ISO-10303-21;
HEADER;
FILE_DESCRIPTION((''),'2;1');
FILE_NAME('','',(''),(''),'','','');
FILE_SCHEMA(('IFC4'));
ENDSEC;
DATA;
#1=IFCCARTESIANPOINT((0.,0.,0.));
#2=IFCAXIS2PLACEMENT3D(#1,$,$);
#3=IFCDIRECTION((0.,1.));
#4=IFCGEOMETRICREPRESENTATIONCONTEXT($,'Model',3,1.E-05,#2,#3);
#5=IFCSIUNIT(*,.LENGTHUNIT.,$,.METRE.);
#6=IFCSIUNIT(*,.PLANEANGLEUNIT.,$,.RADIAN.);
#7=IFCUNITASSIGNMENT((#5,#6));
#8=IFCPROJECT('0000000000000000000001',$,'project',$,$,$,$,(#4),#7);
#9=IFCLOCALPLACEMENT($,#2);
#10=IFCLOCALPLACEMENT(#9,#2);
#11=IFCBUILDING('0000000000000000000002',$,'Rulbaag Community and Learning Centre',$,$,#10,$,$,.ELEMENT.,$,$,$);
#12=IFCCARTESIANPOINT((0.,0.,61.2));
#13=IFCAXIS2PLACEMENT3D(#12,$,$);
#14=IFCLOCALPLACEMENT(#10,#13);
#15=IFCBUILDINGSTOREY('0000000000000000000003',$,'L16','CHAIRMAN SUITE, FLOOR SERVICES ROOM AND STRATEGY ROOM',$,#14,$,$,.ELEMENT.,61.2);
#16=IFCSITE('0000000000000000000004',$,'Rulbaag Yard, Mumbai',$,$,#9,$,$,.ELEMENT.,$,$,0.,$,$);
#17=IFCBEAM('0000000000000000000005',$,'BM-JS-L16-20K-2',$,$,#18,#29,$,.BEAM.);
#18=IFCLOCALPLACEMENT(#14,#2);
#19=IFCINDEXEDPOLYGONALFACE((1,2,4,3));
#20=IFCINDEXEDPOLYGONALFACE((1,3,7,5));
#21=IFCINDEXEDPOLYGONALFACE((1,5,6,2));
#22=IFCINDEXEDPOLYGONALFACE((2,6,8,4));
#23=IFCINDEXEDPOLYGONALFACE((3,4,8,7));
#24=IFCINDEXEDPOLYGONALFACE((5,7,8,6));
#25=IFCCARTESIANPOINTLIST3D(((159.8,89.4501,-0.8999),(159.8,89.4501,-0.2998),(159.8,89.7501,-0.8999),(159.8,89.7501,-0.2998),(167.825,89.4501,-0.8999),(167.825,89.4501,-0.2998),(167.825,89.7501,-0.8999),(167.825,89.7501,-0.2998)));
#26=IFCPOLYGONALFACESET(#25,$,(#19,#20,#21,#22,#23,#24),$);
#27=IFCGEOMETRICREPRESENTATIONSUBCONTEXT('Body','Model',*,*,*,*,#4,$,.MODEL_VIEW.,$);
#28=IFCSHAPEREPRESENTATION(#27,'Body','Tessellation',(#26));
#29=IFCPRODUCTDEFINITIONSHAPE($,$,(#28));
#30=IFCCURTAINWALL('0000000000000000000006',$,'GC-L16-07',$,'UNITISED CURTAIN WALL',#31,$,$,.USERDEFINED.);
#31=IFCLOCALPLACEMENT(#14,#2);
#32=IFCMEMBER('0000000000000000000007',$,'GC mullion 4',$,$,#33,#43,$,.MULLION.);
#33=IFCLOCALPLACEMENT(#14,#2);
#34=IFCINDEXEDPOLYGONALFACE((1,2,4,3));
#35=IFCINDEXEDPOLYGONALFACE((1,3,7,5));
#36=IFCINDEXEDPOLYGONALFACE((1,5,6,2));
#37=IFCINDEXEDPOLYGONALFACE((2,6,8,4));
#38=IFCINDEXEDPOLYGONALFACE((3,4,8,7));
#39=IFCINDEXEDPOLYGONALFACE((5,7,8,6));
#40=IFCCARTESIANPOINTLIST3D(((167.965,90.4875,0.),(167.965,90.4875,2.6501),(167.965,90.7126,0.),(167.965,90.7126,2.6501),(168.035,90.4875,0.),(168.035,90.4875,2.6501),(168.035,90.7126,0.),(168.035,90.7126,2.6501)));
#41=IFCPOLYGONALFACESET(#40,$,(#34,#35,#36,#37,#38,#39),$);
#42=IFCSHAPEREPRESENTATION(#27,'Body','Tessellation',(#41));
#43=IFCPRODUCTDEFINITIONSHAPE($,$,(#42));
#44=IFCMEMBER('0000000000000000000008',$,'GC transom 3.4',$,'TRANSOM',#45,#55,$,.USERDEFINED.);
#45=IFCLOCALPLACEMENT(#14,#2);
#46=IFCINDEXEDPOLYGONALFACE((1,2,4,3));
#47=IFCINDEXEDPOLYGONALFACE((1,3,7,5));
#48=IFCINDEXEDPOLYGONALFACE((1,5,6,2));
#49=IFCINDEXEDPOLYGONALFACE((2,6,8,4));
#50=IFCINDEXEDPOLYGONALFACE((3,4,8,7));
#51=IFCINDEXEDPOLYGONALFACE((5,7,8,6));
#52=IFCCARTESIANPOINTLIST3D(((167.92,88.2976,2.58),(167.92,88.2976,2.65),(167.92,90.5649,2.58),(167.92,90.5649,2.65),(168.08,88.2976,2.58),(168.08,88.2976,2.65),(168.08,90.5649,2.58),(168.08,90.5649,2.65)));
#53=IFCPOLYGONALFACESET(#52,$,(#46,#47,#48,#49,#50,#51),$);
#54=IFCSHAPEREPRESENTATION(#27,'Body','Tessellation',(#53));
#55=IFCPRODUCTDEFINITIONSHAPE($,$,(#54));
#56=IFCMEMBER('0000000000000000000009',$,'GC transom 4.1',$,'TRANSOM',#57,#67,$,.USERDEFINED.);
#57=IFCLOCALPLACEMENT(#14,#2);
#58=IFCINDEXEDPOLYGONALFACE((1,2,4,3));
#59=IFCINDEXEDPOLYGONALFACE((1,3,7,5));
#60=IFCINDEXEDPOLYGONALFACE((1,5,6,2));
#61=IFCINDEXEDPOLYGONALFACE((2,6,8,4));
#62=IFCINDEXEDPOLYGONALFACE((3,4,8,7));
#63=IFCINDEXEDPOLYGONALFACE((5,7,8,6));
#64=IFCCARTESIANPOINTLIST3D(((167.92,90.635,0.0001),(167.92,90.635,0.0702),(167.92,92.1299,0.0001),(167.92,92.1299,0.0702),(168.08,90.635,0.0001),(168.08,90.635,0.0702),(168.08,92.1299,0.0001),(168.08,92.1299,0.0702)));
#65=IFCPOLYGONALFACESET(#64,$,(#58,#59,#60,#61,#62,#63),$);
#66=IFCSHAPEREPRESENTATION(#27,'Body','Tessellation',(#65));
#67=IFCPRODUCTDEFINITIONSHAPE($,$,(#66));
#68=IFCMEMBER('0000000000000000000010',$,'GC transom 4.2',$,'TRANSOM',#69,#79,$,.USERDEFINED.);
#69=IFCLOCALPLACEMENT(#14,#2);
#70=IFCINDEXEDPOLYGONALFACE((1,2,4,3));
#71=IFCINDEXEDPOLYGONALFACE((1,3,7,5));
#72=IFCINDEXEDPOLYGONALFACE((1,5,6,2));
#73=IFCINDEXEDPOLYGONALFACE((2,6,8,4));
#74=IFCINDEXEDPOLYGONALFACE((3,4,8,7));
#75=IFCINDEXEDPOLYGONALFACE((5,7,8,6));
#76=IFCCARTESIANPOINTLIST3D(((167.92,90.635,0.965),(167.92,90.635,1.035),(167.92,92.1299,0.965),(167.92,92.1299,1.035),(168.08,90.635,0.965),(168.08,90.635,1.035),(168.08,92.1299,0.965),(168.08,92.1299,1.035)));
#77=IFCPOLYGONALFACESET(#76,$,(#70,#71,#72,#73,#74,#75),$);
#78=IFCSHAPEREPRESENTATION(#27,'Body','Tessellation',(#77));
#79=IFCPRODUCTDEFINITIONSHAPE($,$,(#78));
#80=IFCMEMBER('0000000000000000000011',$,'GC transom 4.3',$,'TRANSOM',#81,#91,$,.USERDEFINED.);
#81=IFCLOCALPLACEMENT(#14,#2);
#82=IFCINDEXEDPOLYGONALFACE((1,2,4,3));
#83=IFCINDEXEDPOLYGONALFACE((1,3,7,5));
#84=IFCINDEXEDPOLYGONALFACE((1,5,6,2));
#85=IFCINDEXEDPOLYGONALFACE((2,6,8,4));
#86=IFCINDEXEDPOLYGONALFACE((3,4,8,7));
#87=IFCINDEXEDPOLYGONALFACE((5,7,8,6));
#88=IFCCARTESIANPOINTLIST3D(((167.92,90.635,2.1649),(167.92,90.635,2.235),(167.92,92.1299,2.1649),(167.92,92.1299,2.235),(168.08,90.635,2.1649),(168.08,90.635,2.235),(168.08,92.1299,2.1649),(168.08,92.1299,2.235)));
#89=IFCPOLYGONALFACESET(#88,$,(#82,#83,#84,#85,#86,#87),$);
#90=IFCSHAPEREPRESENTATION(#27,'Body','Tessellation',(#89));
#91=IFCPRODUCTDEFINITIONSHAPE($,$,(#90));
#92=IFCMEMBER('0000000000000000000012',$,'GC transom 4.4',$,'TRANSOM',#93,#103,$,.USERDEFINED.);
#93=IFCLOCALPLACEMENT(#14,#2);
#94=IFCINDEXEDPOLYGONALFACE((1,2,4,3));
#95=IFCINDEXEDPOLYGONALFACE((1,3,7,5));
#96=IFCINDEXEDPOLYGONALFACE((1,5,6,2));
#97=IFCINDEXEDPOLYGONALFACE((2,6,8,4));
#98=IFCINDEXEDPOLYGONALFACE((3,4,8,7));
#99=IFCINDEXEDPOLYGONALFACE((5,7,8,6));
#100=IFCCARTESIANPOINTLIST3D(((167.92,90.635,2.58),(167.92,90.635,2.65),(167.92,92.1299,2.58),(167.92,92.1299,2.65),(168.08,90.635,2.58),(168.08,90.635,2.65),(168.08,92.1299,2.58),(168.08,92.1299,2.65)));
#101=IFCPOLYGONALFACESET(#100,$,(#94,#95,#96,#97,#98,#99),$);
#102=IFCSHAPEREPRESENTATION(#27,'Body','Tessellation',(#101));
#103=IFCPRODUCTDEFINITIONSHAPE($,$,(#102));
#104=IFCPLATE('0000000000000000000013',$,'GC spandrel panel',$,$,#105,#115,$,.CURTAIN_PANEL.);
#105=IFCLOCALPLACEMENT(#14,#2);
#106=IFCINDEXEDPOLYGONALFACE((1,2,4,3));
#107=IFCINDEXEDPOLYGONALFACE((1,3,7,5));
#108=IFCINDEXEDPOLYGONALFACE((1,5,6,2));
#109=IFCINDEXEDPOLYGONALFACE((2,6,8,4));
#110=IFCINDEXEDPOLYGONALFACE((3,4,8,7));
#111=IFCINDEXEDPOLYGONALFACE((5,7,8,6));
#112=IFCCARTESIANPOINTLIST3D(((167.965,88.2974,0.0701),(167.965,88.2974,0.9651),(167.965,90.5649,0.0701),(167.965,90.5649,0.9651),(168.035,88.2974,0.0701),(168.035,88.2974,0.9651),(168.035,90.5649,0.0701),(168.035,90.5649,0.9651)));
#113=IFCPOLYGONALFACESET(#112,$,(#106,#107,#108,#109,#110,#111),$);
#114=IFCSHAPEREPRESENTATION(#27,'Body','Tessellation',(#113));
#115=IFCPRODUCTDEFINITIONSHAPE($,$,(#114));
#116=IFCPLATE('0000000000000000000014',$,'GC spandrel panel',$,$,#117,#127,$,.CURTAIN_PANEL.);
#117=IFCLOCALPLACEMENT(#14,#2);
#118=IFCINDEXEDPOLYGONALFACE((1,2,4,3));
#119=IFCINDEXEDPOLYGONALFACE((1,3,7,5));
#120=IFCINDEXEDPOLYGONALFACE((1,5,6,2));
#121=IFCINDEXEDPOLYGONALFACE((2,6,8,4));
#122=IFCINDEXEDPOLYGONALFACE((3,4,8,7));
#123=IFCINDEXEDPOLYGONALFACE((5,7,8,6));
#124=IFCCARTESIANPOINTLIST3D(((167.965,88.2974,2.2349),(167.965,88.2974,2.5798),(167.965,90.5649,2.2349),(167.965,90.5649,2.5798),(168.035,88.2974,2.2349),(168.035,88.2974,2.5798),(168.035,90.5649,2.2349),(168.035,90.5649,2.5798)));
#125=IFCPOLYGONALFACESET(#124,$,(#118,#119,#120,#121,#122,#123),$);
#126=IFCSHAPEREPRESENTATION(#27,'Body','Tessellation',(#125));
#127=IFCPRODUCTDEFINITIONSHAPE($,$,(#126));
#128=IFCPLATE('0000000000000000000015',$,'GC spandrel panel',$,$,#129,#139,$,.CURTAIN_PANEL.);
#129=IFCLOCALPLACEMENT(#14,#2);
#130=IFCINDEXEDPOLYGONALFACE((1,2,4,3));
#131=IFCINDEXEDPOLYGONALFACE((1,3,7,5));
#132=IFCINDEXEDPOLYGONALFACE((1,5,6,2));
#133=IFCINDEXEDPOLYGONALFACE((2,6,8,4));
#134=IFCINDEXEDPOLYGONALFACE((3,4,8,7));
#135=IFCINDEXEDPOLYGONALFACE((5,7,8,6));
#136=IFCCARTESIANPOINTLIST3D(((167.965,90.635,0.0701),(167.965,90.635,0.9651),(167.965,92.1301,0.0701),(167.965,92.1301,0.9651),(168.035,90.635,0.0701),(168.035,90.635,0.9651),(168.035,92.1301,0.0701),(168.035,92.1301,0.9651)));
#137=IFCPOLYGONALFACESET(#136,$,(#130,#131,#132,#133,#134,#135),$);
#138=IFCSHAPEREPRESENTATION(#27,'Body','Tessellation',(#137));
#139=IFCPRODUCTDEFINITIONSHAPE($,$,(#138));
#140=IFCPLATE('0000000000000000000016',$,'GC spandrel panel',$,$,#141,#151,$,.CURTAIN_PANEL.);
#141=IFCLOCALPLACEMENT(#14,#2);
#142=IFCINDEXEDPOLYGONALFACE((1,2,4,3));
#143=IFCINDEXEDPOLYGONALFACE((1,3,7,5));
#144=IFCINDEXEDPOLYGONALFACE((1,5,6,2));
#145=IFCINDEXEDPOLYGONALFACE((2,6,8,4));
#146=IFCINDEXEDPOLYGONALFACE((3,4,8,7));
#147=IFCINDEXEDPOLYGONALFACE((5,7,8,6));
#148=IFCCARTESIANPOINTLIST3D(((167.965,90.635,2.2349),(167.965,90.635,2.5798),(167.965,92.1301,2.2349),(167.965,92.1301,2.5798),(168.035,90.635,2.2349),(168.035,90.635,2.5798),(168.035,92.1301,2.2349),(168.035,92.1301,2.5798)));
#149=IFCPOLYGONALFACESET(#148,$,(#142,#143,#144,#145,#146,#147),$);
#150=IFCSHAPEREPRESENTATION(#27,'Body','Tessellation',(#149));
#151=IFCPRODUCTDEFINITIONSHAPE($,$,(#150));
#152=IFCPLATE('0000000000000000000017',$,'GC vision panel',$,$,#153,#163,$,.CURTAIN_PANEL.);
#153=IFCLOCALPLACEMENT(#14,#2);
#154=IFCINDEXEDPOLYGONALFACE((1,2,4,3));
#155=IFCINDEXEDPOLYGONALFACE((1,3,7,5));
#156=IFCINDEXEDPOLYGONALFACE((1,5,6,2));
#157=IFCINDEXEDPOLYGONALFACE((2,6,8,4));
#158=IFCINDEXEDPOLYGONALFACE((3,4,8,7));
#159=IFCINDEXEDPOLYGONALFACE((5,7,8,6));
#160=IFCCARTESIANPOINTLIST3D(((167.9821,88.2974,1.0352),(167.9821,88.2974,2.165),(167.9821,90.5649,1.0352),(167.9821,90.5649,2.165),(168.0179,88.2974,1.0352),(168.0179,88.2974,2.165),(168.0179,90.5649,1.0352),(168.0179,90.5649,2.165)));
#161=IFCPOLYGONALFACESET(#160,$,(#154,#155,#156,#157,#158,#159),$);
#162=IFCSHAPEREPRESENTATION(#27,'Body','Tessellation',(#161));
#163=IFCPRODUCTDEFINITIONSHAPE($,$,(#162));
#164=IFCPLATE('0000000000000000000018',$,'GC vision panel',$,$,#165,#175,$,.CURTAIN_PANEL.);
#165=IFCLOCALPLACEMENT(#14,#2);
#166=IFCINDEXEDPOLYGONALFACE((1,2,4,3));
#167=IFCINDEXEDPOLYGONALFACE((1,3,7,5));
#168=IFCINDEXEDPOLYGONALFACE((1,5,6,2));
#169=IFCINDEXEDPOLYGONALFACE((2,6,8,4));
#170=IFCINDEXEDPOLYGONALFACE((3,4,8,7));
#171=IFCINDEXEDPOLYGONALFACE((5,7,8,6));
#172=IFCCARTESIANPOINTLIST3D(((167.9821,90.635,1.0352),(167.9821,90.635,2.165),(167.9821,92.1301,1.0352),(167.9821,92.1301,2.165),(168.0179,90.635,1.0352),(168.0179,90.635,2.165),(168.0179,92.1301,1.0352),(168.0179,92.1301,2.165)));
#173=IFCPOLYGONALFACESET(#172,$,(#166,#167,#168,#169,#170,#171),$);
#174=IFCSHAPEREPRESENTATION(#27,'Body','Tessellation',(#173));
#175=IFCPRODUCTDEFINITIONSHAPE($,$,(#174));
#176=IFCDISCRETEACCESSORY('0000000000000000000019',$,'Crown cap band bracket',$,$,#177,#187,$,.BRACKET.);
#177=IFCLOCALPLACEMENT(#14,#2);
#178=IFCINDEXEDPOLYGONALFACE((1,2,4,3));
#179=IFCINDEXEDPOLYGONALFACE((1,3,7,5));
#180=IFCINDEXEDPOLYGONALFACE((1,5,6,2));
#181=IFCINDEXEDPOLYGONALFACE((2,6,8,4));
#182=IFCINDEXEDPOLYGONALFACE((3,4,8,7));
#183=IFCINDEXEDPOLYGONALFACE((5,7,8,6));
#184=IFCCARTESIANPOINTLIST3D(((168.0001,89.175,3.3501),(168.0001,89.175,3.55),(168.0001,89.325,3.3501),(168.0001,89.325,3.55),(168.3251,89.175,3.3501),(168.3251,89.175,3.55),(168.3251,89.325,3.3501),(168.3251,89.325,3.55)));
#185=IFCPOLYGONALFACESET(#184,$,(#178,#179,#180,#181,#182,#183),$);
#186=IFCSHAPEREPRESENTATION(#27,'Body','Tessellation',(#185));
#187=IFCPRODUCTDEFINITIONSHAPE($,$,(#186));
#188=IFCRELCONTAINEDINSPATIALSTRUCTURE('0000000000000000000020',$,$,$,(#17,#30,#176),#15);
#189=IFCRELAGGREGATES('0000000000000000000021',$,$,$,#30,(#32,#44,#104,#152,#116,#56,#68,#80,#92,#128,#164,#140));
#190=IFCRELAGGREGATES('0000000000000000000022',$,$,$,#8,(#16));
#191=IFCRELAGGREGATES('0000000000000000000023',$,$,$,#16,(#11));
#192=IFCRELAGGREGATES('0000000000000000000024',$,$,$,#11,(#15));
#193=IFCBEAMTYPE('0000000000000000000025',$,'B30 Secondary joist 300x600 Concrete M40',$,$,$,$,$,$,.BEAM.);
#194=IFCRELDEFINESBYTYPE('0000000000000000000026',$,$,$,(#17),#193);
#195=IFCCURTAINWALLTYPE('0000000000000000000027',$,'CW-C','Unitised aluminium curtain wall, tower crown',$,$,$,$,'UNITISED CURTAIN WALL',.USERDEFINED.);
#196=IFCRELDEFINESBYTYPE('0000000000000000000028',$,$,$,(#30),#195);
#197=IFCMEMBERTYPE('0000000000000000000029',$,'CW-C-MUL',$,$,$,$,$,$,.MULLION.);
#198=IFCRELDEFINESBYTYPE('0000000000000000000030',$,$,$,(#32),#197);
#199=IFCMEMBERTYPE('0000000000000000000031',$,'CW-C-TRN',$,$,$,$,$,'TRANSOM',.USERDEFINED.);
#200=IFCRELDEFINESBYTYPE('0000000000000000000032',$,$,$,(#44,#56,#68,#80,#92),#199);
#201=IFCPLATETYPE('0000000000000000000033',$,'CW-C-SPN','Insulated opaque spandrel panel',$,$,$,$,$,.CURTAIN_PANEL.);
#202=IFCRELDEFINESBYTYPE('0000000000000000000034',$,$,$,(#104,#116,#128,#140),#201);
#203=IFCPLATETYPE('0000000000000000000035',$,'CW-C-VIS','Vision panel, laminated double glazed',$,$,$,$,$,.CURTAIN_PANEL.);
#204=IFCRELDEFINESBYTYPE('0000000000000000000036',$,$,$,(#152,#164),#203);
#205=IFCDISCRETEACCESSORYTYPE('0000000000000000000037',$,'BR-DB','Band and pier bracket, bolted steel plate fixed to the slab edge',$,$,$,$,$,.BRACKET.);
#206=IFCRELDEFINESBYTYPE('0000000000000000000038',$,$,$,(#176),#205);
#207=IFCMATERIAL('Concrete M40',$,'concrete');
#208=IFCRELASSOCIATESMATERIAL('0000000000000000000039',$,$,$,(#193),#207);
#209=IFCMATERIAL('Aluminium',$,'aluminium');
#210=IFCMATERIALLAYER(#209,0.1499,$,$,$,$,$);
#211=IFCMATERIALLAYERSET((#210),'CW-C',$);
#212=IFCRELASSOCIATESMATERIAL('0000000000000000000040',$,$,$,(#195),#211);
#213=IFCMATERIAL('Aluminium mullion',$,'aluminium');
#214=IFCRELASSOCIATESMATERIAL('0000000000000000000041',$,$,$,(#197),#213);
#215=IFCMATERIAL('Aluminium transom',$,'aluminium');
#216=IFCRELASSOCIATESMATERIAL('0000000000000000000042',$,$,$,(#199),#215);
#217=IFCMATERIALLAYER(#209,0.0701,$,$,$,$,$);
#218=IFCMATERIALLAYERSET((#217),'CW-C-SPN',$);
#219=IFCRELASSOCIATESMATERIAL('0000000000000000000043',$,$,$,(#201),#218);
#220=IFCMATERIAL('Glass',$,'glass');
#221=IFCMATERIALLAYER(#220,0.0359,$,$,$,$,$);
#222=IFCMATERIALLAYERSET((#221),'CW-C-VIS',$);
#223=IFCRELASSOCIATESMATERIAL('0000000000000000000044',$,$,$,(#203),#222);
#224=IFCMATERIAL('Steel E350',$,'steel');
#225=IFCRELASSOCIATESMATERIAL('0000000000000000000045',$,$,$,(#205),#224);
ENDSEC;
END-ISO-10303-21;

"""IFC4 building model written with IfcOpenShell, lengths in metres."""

from ifc_helpers import new_model, si_unit, direction, frame, origin, origin_2d, place, context, subcontext, project, spatial, rectangle, extrude, material, layer, layer_set, material_profile, profile_set, type_object, element, aggregate, save


model = new_model("IFC4")

# Units and contexts
model_context = context("Model", 3, precision=1e-05, world=origin(), true_north=direction((0.0, 1.0)))
body_context = subcontext(model_context, "Body", "Model", "MODEL_VIEW")
ifc_project = project(units=[si_unit("LENGTHUNIT", "METRE"), si_unit("PLANEANGLEUNIT", "RADIAN")], contexts=[model_context])

# Site, building, storey
site_placement = place(None, origin())
site = spatial("IfcSite", under=ifc_project, at=site_placement, Name="Rulbaag Yard, Mumbai", CompositionType="ELEMENT", RefElevation=0.0)
building_placement = place(site_placement, origin())
building = spatial("IfcBuilding", under=site, at=building_placement, Name="Rulbaag Community and Learning Centre", CompositionType="ELEMENT")
storey_placement = place(building_placement, frame((0.0, 0.0, 61.2)))
storey = spatial("IfcBuildingStorey", under=building, at=storey_placement, Name="L16", Description="CHAIRMAN SUITE, FLOOR SERVICES ROOM AND STRATEGY ROOM", CompositionType="ELEMENT", Elevation=61.2)

# Beam
ifc_material_1 = material(Name="Concrete M40", Category="concrete")
ifc_material_profile_1 = material_profile(ifc_material_1, rectangle(XDim=0.3, YDim=0.6001, at=origin_2d()), Name="RB300x600")
ifc_profile_set_1 = profile_set([ifc_material_profile_1], Name="Concrete M40")
beam_type = type_object("IfcBeamType", Name="B30 Secondary joist 300x600 Concrete M40", PredefinedType="BEAM", material=ifc_profile_set_1)
beam_placement = place(storey_placement, frame((159.8, 89.6001, -0.5999), z_axis=(1.0, 0.0, 0.0), x_axis=(0.0, 1.0, 0.0)))
element("IfcBeam", 1, at=beam_placement, inside=storey, type_object=beam_type, Name="BM-JS-L16-20K-2", PredefinedType="BEAM", context=body_context, shape_type="SweptSolid", body=[
    extrude(rectangle(XDim=0.3, YDim=0.6001, at=origin_2d()), origin(), (0.0, 0.0, 1.0), 8.0249),
])

# Curtain wall, members, plates
ifc_material_2 = material(Name="Aluminium", Category="aluminium")
ifc_layer_1 = layer(ifc_material_2, 0.1499)
ifc_layer_set_1 = layer_set([ifc_layer_1], Name="CW-C")
curtain_wall_type = type_object("IfcCurtainWallType", Name="CW-C", Description="Unitised aluminium curtain wall, tower crown", ElementType="UNITISED CURTAIN WALL", PredefinedType="USERDEFINED", material=ifc_layer_set_1)
curtain_wall_placement = place(storey_placement, origin())
curtain_wall = element("IfcCurtainWall", 2, at=curtain_wall_placement, inside=storey, type_object=curtain_wall_type, Name="GC-L16-07", ObjectType="UNITISED CURTAIN WALL", PredefinedType="USERDEFINED")
ifc_material_3 = material(Name="Aluminium mullion", Category="aluminium")
ifc_material_profile_2 = material_profile(ifc_material_3, rectangle(XDim=0.0701, YDim=0.2251, at=origin_2d()), Name="AL 70x225")
ifc_profile_set_2 = profile_set([ifc_material_profile_2], Name="Aluminium mullion")
member_type_1 = type_object("IfcMemberType", Name="CW-C-MUL", PredefinedType="MULLION", material=ifc_profile_set_2)
member_1_placement = place(storey_placement, frame((168.0, 90.6001, 0.0), z_axis=(0.0, 0.0, 1.0), x_axis=(-1.0, 0.0, 0.0)))
member_1 = element("IfcMember", 3, at=member_1_placement, type_object=member_type_1, Name="GC mullion 4", PredefinedType="MULLION", context=body_context, shape_type="SweptSolid", body=[
    extrude(rectangle(XDim=0.0701, YDim=0.2251, at=origin_2d()), origin(), (0.0, 0.0, 1.0), 2.6501),
])
ifc_material_4 = material(Name="Aluminium transom", Category="aluminium")
ifc_material_profile_3 = material_profile(ifc_material_4, rectangle(XDim=0.1599, YDim=0.0701, at=origin_2d()), Name="AL 70x160 T")
ifc_profile_set_3 = profile_set([ifc_material_profile_3], Name="Aluminium transom")
member_type_2 = type_object("IfcMemberType", Name="CW-C-TRN", ElementType="TRANSOM", PredefinedType="USERDEFINED", material=ifc_profile_set_3)
member_2_placement = place(storey_placement, frame((168.0, 88.2976, 2.615), z_axis=(0.0, 1.0, 0.0), x_axis=(-1.0, 0.0, 0.0)))
member_2 = element("IfcMember", 4, at=member_2_placement, type_object=member_type_2, Name="GC transom 3.4", ObjectType="TRANSOM", PredefinedType="USERDEFINED", context=body_context, shape_type="SweptSolid", body=[
    extrude(rectangle(XDim=0.1599, YDim=0.0701, at=origin_2d()), origin(), (0.0, 0.0, 1.0), 2.2673),
])
member_3_placement = place(storey_placement, frame((168.0, 90.635, 0.0352), z_axis=(0.0, 1.0, 0.0), x_axis=(-1.0, 0.0, 0.0)))
member_3 = element("IfcMember", 5, at=member_3_placement, type_object=member_type_2, Name="GC transom 4.1", ObjectType="TRANSOM", PredefinedType="USERDEFINED", context=body_context, shape_type="SweptSolid", body=[
    extrude(rectangle(XDim=0.1599, YDim=0.0701, at=origin_2d()), origin(), (0.0, 0.0, 1.0), 1.4949),
])
member_4_placement = place(storey_placement, frame((168.0, 90.635, 1.0), z_axis=(0.0, 1.0, 0.0), x_axis=(-1.0, 0.0, 0.0)))
member_4 = element("IfcMember", 6, at=member_4_placement, type_object=member_type_2, Name="GC transom 4.2", ObjectType="TRANSOM", PredefinedType="USERDEFINED", context=body_context, shape_type="SweptSolid", body=[
    extrude(rectangle(XDim=0.1599, YDim=0.0701, at=origin_2d()), origin(), (0.0, 0.0, 1.0), 1.4949),
])
member_5_placement = place(storey_placement, frame((168.0, 90.635, 2.2), z_axis=(0.0, 1.0, 0.0), x_axis=(-1.0, 0.0, 0.0)))
member_5 = element("IfcMember", 7, at=member_5_placement, type_object=member_type_2, Name="GC transom 4.3", ObjectType="TRANSOM", PredefinedType="USERDEFINED", context=body_context, shape_type="SweptSolid", body=[
    extrude(rectangle(XDim=0.1599, YDim=0.0701, at=origin_2d()), origin(), (0.0, 0.0, 1.0), 1.4949),
])
member_6_placement = place(storey_placement, frame((168.0, 90.635, 2.615), z_axis=(0.0, 1.0, 0.0), x_axis=(-1.0, 0.0, 0.0)))
member_6 = element("IfcMember", 8, at=member_6_placement, type_object=member_type_2, Name="GC transom 4.4", ObjectType="TRANSOM", PredefinedType="USERDEFINED", context=body_context, shape_type="SweptSolid", body=[
    extrude(rectangle(XDim=0.1599, YDim=0.0701, at=origin_2d()), origin(), (0.0, 0.0, 1.0), 1.4949),
])
ifc_layer_2 = layer(ifc_material_2, 0.0701)
ifc_layer_set_2 = layer_set([ifc_layer_2], Name="CW-C-SPN")
plate_type_1 = type_object("IfcPlateType", Name="CW-C-SPN", Description="Insulated opaque spandrel panel", PredefinedType="CURTAIN_PANEL", material=ifc_layer_set_2)
plate_1_placement = place(storey_placement, frame((168.0, 89.4312, 0.0701), z_axis=(0.0, 0.0, 1.0), x_axis=(0.0, 1.0, 0.0)))
plate_1 = element("IfcPlate", 9, at=plate_1_placement, type_object=plate_type_1, Name="GC spandrel panel", PredefinedType="CURTAIN_PANEL", context=body_context, shape_type="SweptSolid", body=[
    extrude(rectangle(XDim=2.2676, YDim=0.0701, at=origin_2d()), origin(), (0.0, 0.0, 1.0), 0.895),
])
plate_2_placement = place(storey_placement, frame((168.0, 89.4312, 2.2349), z_axis=(0.0, 0.0, 1.0), x_axis=(0.0, 1.0, 0.0)))
plate_2 = element("IfcPlate", 10, at=plate_2_placement, type_object=plate_type_1, Name="GC spandrel panel", PredefinedType="CURTAIN_PANEL", context=body_context, shape_type="SweptSolid", body=[
    extrude(rectangle(XDim=2.2676, YDim=0.0701, at=origin_2d()), origin(), (0.0, 0.0, 1.0), 0.345),
])
plate_3_placement = place(storey_placement, frame((168.0, 91.3826, 0.0701), z_axis=(0.0, 0.0, 1.0), x_axis=(0.0, 1.0, 0.0)))
plate_3 = element("IfcPlate", 11, at=plate_3_placement, type_object=plate_type_1, Name="GC spandrel panel", PredefinedType="CURTAIN_PANEL", context=body_context, shape_type="SweptSolid", body=[
    extrude(rectangle(XDim=1.4951, YDim=0.0701, at=origin_2d()), origin(), (0.0, 0.0, 1.0), 0.895),
])
plate_4_placement = place(storey_placement, frame((168.0, 91.3826, 2.2349), z_axis=(0.0, 0.0, 1.0), x_axis=(0.0, 1.0, 0.0)))
plate_4 = element("IfcPlate", 12, at=plate_4_placement, type_object=plate_type_1, Name="GC spandrel panel", PredefinedType="CURTAIN_PANEL", context=body_context, shape_type="SweptSolid", body=[
    extrude(rectangle(XDim=1.4951, YDim=0.0701, at=origin_2d()), origin(), (0.0, 0.0, 1.0), 0.345),
])
ifc_material_5 = material(Name="Glass", Category="glass")
ifc_layer_3 = layer(ifc_material_5, 0.0359)
ifc_layer_set_3 = layer_set([ifc_layer_3], Name="CW-C-VIS")
plate_type_2 = type_object("IfcPlateType", Name="CW-C-VIS", Description="Vision panel, laminated double glazed", PredefinedType="CURTAIN_PANEL", material=ifc_layer_set_3)
plate_5_placement = place(storey_placement, frame((168.0, 89.4312, 1.0352), z_axis=(0.0, 0.0, 1.0), x_axis=(0.0, 1.0, 0.0)))
plate_5 = element("IfcPlate", 13, at=plate_5_placement, type_object=plate_type_2, Name="GC vision panel", PredefinedType="CURTAIN_PANEL", context=body_context, shape_type="SweptSolid", body=[
    extrude(rectangle(XDim=2.2676, YDim=0.0359, at=origin_2d()), origin(), (0.0, 0.0, 1.0), 1.1299),
])
plate_6_placement = place(storey_placement, frame((168.0, 91.3826, 1.0352), z_axis=(0.0, 0.0, 1.0), x_axis=(0.0, 1.0, 0.0)))
plate_6 = element("IfcPlate", 14, at=plate_6_placement, type_object=plate_type_2, Name="GC vision panel", PredefinedType="CURTAIN_PANEL", context=body_context, shape_type="SweptSolid", body=[
    extrude(rectangle(XDim=1.4951, YDim=0.0359, at=origin_2d()), origin(), (0.0, 0.0, 1.0), 1.1299),
])
aggregate(curtain_wall, [member_1, member_2, plate_1, plate_5, plate_2, member_3, member_4, member_5, member_6, plate_3, plate_6, plate_4])

# Discrete accessory
ifc_material_6 = material(Name="Steel E350", Category="steel")
discrete_accessory_type_1 = type_object("IfcDiscreteAccessoryType", Name="BR-DB", Description="Band and pier bracket, bolted steel plate fixed to the slab edge", PredefinedType="BRACKET", material=ifc_material_6)
for number, where, z_axis, x_axis, name in (
    (15, (168.1626, 89.25, 3.3501), (0.0, 0.0, 1.0), (1.0, 0.0, 0.0), "Crown cap band bracket"),
):
    element("IfcDiscreteAccessory", number, at=place(storey_placement, frame(where, z_axis=z_axis, x_axis=x_axis)), inside=storey, type_object=discrete_accessory_type_1, Name=name, PredefinedType="BRACKET", context=body_context, shape_type="SweptSolid", body=[
        extrude(rectangle(XDim=0.325, YDim=0.1499, at=origin_2d()), origin(), (0.0, 0.0, 1.0), 0.2),
    ])

save(model, "model.ifc")
